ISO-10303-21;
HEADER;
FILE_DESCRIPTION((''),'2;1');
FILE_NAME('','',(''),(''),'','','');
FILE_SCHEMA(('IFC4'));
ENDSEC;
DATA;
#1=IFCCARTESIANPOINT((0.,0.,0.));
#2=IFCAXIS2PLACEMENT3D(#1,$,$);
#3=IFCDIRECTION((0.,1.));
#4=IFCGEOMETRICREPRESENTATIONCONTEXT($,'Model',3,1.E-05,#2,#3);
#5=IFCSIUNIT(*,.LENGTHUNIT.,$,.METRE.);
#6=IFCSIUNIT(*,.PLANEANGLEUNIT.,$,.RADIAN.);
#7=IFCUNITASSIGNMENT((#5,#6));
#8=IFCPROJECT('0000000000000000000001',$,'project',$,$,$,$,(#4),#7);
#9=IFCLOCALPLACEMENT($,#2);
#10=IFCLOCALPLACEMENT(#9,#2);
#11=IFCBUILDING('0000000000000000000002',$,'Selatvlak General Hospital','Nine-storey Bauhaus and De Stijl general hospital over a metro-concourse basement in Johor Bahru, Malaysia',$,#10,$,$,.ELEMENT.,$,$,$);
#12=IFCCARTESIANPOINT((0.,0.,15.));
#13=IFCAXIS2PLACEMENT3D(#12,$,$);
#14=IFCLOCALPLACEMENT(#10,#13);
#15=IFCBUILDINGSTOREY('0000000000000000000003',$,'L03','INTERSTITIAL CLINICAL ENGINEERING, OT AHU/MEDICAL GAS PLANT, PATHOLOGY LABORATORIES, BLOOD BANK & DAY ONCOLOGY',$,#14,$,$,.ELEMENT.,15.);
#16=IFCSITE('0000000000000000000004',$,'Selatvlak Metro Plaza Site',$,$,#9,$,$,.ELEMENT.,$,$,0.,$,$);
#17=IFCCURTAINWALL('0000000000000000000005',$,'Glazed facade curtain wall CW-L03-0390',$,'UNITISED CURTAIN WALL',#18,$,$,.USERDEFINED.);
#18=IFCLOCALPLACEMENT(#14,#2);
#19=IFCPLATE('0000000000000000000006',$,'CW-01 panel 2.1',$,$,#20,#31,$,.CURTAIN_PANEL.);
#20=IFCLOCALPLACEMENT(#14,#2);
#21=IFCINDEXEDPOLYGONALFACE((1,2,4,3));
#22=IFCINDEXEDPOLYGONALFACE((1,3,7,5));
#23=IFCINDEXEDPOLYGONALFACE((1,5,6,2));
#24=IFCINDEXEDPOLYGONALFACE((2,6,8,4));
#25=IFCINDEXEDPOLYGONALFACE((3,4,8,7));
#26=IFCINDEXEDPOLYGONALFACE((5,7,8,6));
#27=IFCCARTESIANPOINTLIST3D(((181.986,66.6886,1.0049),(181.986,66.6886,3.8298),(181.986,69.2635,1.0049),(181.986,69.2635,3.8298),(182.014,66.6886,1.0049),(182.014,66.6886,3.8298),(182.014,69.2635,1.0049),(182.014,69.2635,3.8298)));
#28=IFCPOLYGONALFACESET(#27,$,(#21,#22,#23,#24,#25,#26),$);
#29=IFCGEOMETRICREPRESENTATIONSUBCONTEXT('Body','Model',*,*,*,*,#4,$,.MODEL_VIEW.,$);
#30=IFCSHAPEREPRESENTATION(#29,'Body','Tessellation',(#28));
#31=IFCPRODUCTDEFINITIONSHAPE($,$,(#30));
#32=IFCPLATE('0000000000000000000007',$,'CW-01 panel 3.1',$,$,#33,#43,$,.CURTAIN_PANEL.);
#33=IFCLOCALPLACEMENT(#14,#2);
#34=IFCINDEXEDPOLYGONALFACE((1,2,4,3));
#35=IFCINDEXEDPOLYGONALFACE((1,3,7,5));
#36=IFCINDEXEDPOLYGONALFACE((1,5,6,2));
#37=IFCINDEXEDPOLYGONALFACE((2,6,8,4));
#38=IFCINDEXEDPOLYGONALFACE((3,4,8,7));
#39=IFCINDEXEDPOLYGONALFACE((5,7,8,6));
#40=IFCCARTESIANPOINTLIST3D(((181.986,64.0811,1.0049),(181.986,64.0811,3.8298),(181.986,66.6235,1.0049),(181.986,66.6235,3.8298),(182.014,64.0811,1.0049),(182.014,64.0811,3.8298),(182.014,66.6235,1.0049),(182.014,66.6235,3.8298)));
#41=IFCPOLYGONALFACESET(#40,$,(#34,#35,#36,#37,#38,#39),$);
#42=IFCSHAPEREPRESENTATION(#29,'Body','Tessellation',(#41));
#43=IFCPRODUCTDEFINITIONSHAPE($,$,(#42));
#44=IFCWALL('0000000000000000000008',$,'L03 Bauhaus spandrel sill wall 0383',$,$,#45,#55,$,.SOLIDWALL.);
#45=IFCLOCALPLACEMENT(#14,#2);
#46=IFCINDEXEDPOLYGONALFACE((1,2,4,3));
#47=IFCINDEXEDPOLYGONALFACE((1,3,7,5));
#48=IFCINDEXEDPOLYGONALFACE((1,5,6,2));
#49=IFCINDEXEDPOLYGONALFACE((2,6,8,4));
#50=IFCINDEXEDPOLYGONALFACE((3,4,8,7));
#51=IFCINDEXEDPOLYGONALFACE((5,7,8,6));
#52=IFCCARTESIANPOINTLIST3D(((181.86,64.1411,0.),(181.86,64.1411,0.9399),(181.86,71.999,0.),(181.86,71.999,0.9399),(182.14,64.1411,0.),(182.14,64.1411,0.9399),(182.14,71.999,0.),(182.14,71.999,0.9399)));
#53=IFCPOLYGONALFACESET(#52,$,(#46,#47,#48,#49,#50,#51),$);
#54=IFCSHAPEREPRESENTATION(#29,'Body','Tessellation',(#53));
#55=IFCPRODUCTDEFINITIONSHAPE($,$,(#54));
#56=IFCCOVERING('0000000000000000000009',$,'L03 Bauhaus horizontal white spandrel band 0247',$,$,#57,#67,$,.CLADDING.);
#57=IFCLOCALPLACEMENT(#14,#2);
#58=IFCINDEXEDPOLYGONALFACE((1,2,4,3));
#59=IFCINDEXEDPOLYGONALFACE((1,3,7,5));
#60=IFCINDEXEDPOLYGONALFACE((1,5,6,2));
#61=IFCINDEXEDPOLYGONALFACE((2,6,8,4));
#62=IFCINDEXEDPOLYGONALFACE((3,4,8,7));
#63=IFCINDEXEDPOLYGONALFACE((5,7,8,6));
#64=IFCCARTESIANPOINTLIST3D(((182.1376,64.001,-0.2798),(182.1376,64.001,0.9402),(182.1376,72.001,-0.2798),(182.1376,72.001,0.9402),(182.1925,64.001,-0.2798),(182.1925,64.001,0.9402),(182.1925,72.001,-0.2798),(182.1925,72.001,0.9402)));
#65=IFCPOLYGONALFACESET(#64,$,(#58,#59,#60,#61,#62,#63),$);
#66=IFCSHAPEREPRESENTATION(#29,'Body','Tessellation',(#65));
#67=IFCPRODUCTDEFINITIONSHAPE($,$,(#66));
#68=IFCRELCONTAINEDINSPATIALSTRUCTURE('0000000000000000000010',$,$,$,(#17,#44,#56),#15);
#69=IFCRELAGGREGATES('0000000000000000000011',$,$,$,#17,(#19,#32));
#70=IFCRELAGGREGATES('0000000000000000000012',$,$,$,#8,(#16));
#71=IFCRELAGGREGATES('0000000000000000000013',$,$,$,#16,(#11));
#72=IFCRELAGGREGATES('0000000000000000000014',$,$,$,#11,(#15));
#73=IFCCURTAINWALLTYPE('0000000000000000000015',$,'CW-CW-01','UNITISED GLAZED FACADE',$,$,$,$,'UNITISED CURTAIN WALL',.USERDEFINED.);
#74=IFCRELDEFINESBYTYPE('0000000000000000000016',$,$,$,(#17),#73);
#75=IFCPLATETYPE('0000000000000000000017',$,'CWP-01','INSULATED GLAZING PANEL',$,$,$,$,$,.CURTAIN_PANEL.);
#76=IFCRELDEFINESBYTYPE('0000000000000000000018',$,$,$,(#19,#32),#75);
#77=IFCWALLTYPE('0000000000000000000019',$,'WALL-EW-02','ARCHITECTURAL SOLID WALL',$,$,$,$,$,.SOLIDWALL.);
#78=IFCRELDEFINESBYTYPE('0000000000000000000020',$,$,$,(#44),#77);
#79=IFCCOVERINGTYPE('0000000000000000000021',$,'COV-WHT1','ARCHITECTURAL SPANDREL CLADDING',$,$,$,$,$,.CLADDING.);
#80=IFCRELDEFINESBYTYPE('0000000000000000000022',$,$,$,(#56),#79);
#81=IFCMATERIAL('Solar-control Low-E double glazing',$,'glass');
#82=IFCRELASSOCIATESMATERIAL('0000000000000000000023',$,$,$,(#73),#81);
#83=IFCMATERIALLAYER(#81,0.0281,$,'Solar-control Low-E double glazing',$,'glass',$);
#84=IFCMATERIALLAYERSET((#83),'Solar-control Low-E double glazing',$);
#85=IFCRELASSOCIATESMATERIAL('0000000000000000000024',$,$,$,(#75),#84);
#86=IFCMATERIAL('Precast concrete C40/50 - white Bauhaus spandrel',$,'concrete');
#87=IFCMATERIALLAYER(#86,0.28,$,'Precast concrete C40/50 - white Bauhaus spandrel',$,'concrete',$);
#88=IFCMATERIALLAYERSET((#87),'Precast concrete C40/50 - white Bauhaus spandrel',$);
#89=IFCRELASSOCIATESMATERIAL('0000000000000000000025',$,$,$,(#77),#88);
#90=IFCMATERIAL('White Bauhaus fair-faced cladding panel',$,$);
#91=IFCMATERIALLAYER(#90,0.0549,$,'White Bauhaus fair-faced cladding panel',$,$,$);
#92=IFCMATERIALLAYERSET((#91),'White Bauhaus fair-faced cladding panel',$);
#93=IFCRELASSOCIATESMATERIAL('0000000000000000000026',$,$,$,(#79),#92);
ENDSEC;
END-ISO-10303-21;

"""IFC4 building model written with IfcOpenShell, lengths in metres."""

from ifc_helpers import new_model, si_unit, direction, frame, frame_2d, origin, origin_2d, place, context, subcontext, project, spatial, rectangle, extrude, material, layer, layer_set, type_object, element, aggregate, save


model = new_model("IFC4")

# Units and contexts
model_context = context("Model", 3, precision=1e-05, world=origin(), true_north=direction((0.0, 1.0)))
body_context = subcontext(model_context, "Body", "Model", "MODEL_VIEW")
ifc_project = project(units=[si_unit("LENGTHUNIT", "METRE"), si_unit("PLANEANGLEUNIT", "RADIAN")], contexts=[model_context])

# Site, building, storey
site_placement = place(None, origin())
site = spatial("IfcSite", under=ifc_project, at=site_placement, Name="Selatvlak Metro Plaza Site", CompositionType="ELEMENT", RefElevation=0.0)
building_placement = place(site_placement, origin())
building = spatial("IfcBuilding", under=site, at=building_placement, Name="Selatvlak General Hospital", Description="Nine-storey Bauhaus and De Stijl general hospital over a metro-concourse basement in Johor Bahru, Malaysia", CompositionType="ELEMENT")
storey_placement = place(building_placement, frame((0.0, 0.0, 15.0)))
storey = spatial("IfcBuildingStorey", under=building, at=storey_placement, Name="L03", Description="INTERSTITIAL CLINICAL ENGINEERING, OT AHU/MEDICAL GAS PLANT, PATHOLOGY LABORATORIES, BLOOD BANK & DAY ONCOLOGY", CompositionType="ELEMENT", Elevation=15.0)

# Curtain wall
ifc_material_1 = material(Name="Solar-control Low-E double glazing", Category="glass")
curtain_wall_type_1 = type_object("IfcCurtainWallType", Name="CW-CW-01", Description="UNITISED GLAZED FACADE", ElementType="UNITISED CURTAIN WALL", PredefinedType="USERDEFINED", material=ifc_material_1)
curtain_wall_1_placement = place(storey_placement, origin())
curtain_wall_1 = element("IfcCurtainWall", 1, at=curtain_wall_1_placement, inside=storey, type_object=curtain_wall_type_1, Name="Glazed facade curtain wall CW-L03-0390", ObjectType="UNITISED CURTAIN WALL", PredefinedType="USERDEFINED")

# Plates
ifc_layer_1 = layer(ifc_material_1, 0.0281, Name="Solar-control Low-E double glazing", Category="glass")
ifc_layer_set_1 = layer_set([ifc_layer_1], Name="Solar-control Low-E double glazing")
plate_type = type_object("IfcPlateType", Name="CWP-01", Description="INSULATED GLAZING PANEL", PredefinedType="CURTAIN_PANEL", material=ifc_layer_set_1)
plate_1_placement = place(storey_placement, frame((182.0, 67.9761, 1.0049), z_axis=(0.0, 0.0, 1.0), x_axis=(0.0, -1.0, 0.0)))
plate_1 = element("IfcPlate", 2, at=plate_1_placement, type_object=plate_type, Name="CW-01 panel 2.1", PredefinedType="CURTAIN_PANEL", context=body_context, shape_type="SweptSolid", body=[
    extrude(rectangle(XDim=2.575, YDim=0.0281, at=origin_2d()), origin(), (0.0, 0.0, 1.0), 2.825),
])
plate_2_placement = place(storey_placement, frame((182.0, 65.3523, 1.0049), z_axis=(0.0, 0.0, 1.0), x_axis=(0.0, -1.0, 0.0)))
plate_2 = element("IfcPlate", 3, at=plate_2_placement, type_object=plate_type, Name="CW-01 panel 3.1", PredefinedType="CURTAIN_PANEL", context=body_context, shape_type="SweptSolid", body=[
    extrude(rectangle(XDim=2.5425, YDim=0.0281, at=origin_2d()), origin(), (0.0, 0.0, 1.0), 2.825),
])
aggregate(curtain_wall_1, [plate_1, plate_2])

# Wall
ifc_material_2 = material(Name="Precast concrete C40/50 - white Bauhaus spandrel", Category="concrete")
ifc_layer_2 = layer(ifc_material_2, 0.28, Name="Precast concrete C40/50 - white Bauhaus spandrel", Category="concrete")
ifc_layer_set_2 = layer_set([ifc_layer_2], Name="Precast concrete C40/50 - white Bauhaus spandrel")
wall_type = type_object("IfcWallType", Name="WALL-EW-02", Description="ARCHITECTURAL SOLID WALL", PredefinedType="SOLIDWALL", material=ifc_layer_set_2)
wall_placement = place(storey_placement, frame((182.0, 71.999, 0.0), z_axis=(0.0, 0.0, 1.0), x_axis=(0.0, -1.0, 0.0)))
element("IfcWall", 4, at=wall_placement, inside=storey, type_object=wall_type, Name="L03 Bauhaus spandrel sill wall 0383", PredefinedType="SOLIDWALL", context=body_context, shape_type="SweptSolid", body=[
    extrude(rectangle(XDim=7.8579, YDim=0.28, at=frame_2d((3.929, 0.0))), origin(), (0.0, 0.0, 1.0), 0.9399),
])

# Covering
ifc_material_3 = material(Name="White Bauhaus fair-faced cladding panel")
ifc_layer_3 = layer(ifc_material_3, 0.0549, Name="White Bauhaus fair-faced cladding panel")
ifc_layer_set_3 = layer_set([ifc_layer_3], Name="White Bauhaus fair-faced cladding panel")
covering_type = type_object("IfcCoveringType", Name="COV-WHT1", Description="ARCHITECTURAL SPANDREL CLADDING", PredefinedType="CLADDING", material=ifc_layer_set_3)
covering_placement = place(storey_placement, frame((182.165, 68.001, -0.2798), z_axis=(0.0, 0.0, 1.0), x_axis=(0.0, -1.0, 0.0)))
element("IfcCovering", 5, at=covering_placement, inside=storey, type_object=covering_type, Name="L03 Bauhaus horizontal white spandrel band 0247", PredefinedType="CLADDING", context=body_context, shape_type="SweptSolid", body=[
    extrude(rectangle(XDim=8.0, YDim=0.0549, at=origin_2d()), origin(), (0.0, 0.0, 1.0), 1.22),
])

save(model, "model.ifc")
